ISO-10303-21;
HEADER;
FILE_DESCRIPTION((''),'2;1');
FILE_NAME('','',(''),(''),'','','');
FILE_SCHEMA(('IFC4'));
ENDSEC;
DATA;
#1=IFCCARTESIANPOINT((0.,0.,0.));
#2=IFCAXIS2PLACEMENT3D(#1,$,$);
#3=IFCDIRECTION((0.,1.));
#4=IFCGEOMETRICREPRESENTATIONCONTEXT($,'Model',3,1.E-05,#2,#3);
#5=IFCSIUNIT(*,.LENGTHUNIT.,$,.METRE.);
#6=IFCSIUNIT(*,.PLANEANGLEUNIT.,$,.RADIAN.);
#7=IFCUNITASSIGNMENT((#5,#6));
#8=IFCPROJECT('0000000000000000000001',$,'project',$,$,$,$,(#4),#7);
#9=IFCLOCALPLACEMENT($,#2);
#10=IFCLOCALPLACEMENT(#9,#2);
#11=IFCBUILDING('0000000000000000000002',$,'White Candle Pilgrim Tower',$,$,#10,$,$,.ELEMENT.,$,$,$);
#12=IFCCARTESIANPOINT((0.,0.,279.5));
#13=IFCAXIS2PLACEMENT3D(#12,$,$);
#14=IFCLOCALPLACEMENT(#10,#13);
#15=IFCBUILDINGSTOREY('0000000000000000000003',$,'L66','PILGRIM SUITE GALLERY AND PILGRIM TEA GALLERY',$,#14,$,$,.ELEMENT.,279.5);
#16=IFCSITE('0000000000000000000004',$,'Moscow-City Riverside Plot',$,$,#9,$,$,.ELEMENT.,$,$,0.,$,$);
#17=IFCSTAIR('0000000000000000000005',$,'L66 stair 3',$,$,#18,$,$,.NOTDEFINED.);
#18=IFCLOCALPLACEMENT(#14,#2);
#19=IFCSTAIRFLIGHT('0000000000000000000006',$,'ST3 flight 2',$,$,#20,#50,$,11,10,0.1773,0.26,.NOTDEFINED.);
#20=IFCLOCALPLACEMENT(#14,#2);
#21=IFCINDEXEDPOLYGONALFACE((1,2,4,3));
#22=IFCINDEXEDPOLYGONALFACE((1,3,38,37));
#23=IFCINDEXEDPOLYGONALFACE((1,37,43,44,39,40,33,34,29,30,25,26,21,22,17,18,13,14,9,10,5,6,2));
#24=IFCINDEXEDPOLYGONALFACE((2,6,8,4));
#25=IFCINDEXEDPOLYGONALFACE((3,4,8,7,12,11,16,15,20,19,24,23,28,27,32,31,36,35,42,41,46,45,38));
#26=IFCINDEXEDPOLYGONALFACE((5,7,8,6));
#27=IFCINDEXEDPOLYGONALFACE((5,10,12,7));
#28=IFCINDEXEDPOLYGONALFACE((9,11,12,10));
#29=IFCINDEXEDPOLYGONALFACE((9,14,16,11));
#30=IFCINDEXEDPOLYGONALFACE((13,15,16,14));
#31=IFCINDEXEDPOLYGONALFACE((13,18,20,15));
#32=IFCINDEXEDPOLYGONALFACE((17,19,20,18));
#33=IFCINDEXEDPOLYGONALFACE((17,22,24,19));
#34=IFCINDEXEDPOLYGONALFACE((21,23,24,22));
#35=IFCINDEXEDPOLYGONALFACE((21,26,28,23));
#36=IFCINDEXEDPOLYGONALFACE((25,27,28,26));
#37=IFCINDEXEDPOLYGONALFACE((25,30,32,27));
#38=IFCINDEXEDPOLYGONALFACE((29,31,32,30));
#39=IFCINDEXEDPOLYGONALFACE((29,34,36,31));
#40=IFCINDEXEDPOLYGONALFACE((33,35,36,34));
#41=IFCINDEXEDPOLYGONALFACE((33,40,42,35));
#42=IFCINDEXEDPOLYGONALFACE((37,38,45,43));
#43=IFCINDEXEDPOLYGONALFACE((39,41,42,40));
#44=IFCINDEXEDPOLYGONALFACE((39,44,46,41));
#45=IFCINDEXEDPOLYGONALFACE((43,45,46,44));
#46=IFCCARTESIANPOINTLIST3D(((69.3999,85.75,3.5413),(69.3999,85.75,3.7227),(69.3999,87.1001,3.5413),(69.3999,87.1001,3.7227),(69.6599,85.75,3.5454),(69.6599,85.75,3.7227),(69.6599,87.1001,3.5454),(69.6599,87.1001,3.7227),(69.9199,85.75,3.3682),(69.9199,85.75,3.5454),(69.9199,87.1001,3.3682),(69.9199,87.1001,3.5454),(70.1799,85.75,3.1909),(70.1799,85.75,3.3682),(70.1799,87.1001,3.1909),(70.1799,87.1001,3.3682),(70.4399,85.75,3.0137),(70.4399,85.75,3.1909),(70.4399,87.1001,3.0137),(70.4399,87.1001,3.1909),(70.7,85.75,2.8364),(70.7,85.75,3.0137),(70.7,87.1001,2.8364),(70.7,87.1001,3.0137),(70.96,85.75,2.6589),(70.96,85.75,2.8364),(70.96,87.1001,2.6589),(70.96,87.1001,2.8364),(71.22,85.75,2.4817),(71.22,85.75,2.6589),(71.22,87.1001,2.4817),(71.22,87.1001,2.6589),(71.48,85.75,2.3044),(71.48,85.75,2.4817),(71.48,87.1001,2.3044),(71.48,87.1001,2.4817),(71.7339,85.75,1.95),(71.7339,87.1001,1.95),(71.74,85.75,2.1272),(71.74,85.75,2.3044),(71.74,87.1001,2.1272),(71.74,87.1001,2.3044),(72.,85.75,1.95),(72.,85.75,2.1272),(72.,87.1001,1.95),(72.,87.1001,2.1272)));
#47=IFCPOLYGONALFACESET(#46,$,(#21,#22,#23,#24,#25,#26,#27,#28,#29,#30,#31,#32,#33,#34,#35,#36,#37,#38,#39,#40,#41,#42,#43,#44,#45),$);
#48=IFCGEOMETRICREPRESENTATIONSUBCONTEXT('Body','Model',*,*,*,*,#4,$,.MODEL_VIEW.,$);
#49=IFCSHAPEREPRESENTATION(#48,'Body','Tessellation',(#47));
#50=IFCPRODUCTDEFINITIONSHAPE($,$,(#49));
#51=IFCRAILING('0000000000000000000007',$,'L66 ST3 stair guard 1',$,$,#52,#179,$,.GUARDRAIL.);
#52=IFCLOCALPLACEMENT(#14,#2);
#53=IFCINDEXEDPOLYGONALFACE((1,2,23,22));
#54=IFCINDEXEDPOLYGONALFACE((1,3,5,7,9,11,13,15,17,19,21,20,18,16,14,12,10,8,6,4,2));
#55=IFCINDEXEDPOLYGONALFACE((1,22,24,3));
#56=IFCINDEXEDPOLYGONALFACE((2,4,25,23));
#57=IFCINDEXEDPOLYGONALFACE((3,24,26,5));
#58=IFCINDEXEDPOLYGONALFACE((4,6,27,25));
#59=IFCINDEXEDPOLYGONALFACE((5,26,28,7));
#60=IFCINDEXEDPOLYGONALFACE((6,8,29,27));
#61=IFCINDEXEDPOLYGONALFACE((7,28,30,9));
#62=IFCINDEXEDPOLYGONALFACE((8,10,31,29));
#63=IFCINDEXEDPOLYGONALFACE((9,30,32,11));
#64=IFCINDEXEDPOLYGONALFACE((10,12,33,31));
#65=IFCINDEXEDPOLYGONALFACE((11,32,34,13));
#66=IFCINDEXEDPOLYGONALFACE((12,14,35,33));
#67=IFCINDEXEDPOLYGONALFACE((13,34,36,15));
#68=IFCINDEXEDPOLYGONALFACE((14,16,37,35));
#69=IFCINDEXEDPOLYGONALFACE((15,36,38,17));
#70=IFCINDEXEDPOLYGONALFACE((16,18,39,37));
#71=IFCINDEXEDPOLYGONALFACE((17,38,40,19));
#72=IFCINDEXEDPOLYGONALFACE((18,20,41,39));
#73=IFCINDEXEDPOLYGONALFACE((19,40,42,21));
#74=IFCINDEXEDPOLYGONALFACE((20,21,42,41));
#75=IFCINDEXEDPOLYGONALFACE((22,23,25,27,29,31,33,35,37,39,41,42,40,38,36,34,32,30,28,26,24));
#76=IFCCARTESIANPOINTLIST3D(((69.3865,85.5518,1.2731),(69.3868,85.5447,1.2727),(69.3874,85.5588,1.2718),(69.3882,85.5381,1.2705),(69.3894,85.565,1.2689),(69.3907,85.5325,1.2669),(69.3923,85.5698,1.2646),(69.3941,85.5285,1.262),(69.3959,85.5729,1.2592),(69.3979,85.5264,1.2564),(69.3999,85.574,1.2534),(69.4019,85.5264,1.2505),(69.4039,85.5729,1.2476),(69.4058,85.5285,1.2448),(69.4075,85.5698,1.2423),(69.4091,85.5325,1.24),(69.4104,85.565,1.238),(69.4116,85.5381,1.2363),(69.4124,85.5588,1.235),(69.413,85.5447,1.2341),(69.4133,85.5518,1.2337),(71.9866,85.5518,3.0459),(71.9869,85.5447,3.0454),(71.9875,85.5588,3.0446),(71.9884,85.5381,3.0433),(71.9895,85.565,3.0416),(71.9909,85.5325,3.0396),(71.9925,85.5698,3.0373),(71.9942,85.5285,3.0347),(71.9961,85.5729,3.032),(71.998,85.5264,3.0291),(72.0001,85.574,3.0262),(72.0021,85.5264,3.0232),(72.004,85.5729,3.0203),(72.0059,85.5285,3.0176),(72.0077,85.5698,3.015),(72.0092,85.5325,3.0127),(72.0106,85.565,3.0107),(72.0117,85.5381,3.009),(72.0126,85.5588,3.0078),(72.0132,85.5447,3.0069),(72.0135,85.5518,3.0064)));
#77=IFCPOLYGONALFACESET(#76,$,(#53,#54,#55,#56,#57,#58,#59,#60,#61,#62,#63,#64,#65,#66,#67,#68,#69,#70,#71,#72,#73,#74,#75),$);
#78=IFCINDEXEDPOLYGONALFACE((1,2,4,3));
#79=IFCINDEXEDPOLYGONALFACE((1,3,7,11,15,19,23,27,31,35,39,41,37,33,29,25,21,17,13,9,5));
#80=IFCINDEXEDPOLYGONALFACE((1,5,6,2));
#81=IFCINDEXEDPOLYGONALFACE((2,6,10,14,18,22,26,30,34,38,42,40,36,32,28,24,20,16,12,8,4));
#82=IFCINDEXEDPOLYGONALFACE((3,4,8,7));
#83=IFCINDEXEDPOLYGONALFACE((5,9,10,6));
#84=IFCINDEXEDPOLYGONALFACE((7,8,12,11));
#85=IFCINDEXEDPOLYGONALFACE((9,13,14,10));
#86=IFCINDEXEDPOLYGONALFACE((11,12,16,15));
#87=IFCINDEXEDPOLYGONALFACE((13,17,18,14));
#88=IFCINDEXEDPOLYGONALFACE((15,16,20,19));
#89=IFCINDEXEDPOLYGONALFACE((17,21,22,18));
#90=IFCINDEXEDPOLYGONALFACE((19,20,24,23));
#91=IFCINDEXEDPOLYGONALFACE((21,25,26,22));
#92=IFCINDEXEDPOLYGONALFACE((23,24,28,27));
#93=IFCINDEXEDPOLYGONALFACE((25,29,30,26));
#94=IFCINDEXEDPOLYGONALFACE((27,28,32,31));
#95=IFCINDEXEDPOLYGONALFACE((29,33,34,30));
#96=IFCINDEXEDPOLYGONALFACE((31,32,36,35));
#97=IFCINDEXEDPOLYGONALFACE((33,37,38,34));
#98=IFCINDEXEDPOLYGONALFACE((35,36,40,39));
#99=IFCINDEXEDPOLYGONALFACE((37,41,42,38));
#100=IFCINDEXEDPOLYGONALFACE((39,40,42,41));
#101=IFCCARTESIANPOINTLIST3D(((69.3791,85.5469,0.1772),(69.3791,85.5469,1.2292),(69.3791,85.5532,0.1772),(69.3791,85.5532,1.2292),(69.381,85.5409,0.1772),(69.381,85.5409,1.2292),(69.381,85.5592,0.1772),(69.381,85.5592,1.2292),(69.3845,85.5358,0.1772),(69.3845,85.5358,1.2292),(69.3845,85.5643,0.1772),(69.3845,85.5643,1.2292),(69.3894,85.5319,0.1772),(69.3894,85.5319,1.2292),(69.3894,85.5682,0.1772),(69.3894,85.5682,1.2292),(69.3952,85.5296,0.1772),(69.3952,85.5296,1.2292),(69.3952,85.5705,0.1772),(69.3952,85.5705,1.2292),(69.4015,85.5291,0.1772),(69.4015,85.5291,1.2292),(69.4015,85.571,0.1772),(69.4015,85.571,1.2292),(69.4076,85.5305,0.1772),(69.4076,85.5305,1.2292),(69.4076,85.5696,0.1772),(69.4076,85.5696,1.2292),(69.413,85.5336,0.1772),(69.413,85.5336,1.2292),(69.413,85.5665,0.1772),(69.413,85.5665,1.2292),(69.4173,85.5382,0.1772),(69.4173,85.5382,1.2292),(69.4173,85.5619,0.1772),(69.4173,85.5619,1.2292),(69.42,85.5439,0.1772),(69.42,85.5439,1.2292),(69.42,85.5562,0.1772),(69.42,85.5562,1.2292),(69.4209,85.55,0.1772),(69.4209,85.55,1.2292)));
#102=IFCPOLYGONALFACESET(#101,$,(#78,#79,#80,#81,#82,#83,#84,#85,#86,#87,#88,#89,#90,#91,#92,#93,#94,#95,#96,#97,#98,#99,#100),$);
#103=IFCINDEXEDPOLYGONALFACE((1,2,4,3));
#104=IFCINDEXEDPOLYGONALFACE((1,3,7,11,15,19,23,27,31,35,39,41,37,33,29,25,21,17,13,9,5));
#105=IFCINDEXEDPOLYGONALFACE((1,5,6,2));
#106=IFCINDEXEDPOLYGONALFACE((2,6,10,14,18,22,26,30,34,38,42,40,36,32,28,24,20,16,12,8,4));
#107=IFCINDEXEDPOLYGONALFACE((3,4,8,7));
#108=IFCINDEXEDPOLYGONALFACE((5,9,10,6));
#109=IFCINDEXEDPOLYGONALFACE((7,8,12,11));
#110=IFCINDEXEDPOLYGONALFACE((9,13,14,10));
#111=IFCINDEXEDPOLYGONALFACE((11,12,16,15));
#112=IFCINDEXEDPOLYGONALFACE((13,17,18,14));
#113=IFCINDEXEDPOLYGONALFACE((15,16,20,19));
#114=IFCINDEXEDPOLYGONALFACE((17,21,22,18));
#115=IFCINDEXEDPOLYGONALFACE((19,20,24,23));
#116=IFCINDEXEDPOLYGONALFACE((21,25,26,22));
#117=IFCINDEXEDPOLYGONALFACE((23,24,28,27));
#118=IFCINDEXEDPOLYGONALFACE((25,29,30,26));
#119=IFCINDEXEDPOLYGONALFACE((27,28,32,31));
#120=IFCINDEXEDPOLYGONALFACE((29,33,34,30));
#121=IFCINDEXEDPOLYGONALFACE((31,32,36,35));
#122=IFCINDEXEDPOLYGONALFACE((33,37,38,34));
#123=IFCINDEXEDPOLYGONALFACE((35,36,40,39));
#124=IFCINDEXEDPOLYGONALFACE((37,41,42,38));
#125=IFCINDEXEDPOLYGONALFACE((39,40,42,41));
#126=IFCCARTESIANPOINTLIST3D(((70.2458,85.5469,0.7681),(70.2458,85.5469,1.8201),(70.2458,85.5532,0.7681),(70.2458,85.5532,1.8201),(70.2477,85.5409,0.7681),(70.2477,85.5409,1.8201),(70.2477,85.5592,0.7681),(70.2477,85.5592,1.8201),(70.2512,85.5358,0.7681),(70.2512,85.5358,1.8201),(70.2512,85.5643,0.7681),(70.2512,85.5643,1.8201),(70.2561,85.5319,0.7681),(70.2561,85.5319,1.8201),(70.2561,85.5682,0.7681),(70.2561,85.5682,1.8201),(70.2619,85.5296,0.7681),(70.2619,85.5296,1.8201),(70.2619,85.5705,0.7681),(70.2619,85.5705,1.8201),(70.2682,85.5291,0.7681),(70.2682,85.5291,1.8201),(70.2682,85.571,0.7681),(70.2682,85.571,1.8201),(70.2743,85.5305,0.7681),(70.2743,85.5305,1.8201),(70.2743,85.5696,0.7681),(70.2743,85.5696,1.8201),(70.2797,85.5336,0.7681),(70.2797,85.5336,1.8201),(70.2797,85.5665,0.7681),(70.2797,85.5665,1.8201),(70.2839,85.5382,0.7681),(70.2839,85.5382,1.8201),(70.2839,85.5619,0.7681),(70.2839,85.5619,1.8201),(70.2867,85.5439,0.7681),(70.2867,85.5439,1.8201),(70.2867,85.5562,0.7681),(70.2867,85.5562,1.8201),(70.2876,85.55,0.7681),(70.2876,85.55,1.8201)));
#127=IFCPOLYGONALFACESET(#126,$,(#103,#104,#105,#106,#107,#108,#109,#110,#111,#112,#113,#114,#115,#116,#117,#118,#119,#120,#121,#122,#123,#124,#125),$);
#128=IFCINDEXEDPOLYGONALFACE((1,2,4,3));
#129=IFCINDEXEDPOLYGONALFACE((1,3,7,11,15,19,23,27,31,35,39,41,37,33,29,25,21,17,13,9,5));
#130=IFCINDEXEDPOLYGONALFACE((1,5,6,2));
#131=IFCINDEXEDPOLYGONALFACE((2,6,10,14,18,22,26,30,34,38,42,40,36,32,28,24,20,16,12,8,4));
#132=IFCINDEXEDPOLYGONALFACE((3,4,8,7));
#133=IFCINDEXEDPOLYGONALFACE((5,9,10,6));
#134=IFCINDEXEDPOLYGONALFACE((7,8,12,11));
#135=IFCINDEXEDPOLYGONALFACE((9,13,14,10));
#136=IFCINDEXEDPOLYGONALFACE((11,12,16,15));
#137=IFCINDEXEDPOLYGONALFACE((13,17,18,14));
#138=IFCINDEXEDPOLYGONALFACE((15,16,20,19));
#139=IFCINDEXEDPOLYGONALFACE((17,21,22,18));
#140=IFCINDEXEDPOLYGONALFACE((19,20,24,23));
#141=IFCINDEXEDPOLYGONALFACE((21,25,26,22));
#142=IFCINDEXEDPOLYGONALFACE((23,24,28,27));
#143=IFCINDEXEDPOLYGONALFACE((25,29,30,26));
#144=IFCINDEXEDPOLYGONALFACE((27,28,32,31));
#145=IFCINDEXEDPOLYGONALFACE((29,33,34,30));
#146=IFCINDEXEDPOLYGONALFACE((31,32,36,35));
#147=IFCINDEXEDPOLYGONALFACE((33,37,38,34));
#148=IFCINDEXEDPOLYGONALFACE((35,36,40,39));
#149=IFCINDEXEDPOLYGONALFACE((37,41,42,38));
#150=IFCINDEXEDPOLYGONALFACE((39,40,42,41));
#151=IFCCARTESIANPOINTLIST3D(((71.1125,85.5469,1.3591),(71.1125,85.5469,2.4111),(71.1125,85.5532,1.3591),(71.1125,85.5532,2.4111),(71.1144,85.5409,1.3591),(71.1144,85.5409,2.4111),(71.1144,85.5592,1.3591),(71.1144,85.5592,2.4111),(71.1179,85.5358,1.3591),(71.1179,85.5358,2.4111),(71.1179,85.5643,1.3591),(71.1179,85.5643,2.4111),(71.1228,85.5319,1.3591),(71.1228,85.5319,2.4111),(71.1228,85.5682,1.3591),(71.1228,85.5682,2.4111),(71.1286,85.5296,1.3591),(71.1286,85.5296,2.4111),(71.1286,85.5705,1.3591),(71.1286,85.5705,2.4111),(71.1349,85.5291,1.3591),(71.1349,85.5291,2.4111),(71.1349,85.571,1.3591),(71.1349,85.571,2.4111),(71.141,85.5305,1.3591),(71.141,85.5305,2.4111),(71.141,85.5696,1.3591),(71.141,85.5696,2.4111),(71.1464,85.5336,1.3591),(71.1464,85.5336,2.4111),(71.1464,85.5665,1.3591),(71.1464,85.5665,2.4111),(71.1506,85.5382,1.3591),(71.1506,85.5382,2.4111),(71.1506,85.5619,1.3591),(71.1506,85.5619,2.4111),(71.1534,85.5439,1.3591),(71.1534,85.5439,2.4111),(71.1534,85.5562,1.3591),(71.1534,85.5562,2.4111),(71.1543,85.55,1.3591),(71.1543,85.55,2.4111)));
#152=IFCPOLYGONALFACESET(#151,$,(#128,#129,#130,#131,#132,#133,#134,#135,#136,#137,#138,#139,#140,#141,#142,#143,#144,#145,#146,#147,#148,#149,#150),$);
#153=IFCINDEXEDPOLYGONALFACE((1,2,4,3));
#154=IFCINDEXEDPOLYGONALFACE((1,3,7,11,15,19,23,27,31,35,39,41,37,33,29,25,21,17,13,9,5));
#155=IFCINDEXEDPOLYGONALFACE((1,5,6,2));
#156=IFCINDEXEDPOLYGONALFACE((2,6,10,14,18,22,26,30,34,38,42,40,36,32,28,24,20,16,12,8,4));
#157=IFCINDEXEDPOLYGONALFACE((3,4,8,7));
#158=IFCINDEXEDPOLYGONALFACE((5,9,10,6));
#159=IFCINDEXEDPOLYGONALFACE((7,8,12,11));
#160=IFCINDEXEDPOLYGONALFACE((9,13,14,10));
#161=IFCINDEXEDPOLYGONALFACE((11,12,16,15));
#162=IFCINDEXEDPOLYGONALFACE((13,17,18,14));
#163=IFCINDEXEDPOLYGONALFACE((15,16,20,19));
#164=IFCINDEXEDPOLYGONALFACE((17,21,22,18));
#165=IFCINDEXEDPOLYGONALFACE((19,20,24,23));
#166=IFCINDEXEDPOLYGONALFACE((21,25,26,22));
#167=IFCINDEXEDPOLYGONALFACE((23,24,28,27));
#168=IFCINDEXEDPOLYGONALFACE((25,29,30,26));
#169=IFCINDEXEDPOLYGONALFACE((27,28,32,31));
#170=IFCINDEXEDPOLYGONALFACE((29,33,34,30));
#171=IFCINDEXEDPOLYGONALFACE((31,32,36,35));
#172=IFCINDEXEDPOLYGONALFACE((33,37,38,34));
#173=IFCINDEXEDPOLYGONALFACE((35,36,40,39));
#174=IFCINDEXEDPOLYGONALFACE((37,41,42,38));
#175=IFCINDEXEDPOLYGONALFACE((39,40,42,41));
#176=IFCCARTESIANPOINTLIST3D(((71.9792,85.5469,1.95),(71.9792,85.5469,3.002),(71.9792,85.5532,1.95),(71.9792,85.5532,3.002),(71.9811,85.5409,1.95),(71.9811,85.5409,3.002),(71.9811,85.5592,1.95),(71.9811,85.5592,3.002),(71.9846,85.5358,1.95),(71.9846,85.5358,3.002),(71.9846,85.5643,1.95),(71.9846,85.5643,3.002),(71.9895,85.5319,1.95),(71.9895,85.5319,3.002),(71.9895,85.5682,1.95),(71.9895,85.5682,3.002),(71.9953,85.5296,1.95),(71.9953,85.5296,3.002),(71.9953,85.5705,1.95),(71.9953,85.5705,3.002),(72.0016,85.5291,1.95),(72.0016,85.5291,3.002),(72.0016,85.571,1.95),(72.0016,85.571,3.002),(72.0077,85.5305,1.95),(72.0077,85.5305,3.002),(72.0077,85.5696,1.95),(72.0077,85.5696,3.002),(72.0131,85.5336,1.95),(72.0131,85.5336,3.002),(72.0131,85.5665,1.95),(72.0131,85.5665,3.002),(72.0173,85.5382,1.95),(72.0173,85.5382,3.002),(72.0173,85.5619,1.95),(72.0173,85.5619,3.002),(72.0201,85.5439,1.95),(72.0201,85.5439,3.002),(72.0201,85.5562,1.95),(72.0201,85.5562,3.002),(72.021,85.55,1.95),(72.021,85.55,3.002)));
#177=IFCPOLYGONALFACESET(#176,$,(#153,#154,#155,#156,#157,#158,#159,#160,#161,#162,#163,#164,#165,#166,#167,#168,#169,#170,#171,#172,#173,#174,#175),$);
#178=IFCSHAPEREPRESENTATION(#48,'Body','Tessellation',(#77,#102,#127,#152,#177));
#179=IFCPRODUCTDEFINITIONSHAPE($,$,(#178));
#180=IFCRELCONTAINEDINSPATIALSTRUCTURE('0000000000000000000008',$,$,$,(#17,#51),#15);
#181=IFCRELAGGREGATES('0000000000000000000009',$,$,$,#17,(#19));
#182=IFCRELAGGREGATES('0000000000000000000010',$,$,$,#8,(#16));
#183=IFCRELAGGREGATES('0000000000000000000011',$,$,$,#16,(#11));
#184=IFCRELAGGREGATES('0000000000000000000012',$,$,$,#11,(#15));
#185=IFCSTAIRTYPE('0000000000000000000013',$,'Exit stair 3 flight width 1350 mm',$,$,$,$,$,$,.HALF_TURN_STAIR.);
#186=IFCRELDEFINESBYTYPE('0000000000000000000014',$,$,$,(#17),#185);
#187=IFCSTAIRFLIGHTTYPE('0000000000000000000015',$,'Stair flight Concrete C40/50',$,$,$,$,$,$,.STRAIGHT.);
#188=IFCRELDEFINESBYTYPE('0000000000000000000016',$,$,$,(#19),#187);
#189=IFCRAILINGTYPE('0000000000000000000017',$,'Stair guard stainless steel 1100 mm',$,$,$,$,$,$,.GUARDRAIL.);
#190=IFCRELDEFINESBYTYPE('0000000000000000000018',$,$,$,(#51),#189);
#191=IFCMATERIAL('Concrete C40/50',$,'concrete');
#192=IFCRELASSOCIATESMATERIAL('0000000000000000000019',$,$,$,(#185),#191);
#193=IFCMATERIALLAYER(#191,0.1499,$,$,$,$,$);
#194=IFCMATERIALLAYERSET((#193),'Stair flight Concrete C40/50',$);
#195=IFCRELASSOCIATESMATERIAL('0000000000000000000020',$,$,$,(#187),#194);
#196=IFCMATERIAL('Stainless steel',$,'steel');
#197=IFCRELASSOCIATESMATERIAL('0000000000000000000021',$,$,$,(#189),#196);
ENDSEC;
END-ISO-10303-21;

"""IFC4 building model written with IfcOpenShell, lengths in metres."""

from ifc_helpers import new_model, si_unit, direction, frame, origin, origin_2d, place, context, subcontext, project, spatial, polyline, circle, outline, extrude, material, layer, layer_set, type_object, element, aggregate, save


model = new_model("IFC4")

# Units and contexts
model_context = context("Model", 3, precision=1e-05, world=origin(), true_north=direction((0.0, 1.0)))
body_context = subcontext(model_context, "Body", "Model", "MODEL_VIEW")
ifc_project = project(units=[si_unit("LENGTHUNIT", "METRE"), si_unit("PLANEANGLEUNIT", "RADIAN")], contexts=[model_context])

# Site, building, storey
site_placement = place(None, origin())
site = spatial("IfcSite", under=ifc_project, at=site_placement, Name="Moscow-City Riverside Plot", CompositionType="ELEMENT", RefElevation=0.0)
building_placement = place(site_placement, origin())
building = spatial("IfcBuilding", under=site, at=building_placement, Name="White Candle Pilgrim Tower", CompositionType="ELEMENT")
storey_placement = place(building_placement, frame((0.0, 0.0, 279.5)))
storey = spatial("IfcBuildingStorey", under=building, at=storey_placement, Name="L66", Description="PILGRIM SUITE GALLERY AND PILGRIM TEA GALLERY", CompositionType="ELEMENT", Elevation=279.5)

# Stair, stair flight
ifc_material_1 = material(Name="Concrete C40/50", Category="concrete")
stair_type = type_object("IfcStairType", Name="Exit stair 3 flight width 1350 mm", PredefinedType="HALF_TURN_STAIR", material=ifc_material_1)
stair_placement = place(storey_placement, origin())
stair = element("IfcStair", 1, at=stair_placement, inside=storey, type_object=stair_type, Name="L66 stair 3", PredefinedType="NOTDEFINED")
ifc_layer_1 = layer(ifc_material_1, 0.1499)
ifc_layer_set_1 = layer_set([ifc_layer_1], Name="Stair flight Concrete C40/50")
stair_flight_type = type_object("IfcStairFlightType", Name="Stair flight Concrete C40/50", PredefinedType="STRAIGHT", material=ifc_layer_set_1)
stair_flight_1_placement = place(storey_placement, frame((72.0, 86.425, 1.95), z_axis=(0.0, 0.0, 1.0), x_axis=(-1.0, 0.0, 0.0)))
stair_flight_1 = element("IfcStairFlight", 2, at=stair_flight_1_placement, type_object=stair_flight_type, Name="ST3 flight 2", NumberOfRisers=11, NumberOfTreads=10, PredefinedType="NOTDEFINED", RiserHeight=0.1773, TreadLength=0.26, context=body_context, shape_type="SweptSolid", body=[
    extrude(outline(polyline([(0.0, 0.0), (0.0, 0.1772), (0.26, 0.1772), (0.26, 0.3545), (0.52, 0.3545), (0.52, 0.5317), (0.78, 0.5317), (0.78, 0.709), (1.04, 0.709), (1.04, 0.8865), (1.3, 0.8865), (1.3, 1.0637), (1.5601, 1.0637), (1.5601, 1.241), (1.8201, 1.241), (1.8201, 1.4182), (2.0801, 1.4182), (2.0801, 1.5955), (2.3401, 1.5955), (2.3401, 1.7727), (2.6001, 1.7727), (2.6001, 1.95), (2.6001, 1.5913), (0.2661, 0.0), (0.0, 0.0)])), frame((0.0, 0.675, 0.0), z_axis=(0.0, -1.0, 0.0), x_axis=(1.0, 0.0, 0.0)), (0.0, 0.0, 1.0), 1.3501),
])
aggregate(stair, [stair_flight_1])

# Railing
ifc_material_2 = material(Name="Stainless steel", Category="steel")
railing_type_1 = type_object("IfcRailingType", Name="Stair guard stainless steel 1100 mm", PredefinedType="GUARDRAIL", material=ifc_material_2)
railing_1_placement = place(storey_placement, frame((69.3999, 85.55, 0.1772)))
element("IfcRailing", 3, at=railing_1_placement, inside=storey, type_object=railing_type_1, Name="L66 ST3 stair guard 1", PredefinedType="GUARDRAIL", context=body_context, shape_type="SweptSolid", body=[
    extrude(circle(Radius=0.0239, at=origin_2d()), frame((0.0, 0.0, 1.0762), z_axis=(0.82624, 0.0, 0.563318), x_axis=(0.0, 1.0, 0.0)), (0.0, 0.0, 1.0), 3.147),
    extrude(circle(Radius=0.021, at=origin_2d()), origin(), (0.0, 0.0, 1.0), 1.052),
    extrude(circle(Radius=0.021, at=origin_2d()), frame((0.8667, 0.0, 0.5908)), (0.0, 0.0, 1.0), 1.052),
    extrude(circle(Radius=0.021, at=origin_2d()), frame((1.7334, 0.0, 1.1819)), (0.0, 0.0, 1.0), 1.052),
    extrude(circle(Radius=0.021, at=origin_2d()), frame((2.6001, 0.0, 1.7727)), (0.0, 0.0, 1.0), 1.052),
])

save(model, "model.ifc")
